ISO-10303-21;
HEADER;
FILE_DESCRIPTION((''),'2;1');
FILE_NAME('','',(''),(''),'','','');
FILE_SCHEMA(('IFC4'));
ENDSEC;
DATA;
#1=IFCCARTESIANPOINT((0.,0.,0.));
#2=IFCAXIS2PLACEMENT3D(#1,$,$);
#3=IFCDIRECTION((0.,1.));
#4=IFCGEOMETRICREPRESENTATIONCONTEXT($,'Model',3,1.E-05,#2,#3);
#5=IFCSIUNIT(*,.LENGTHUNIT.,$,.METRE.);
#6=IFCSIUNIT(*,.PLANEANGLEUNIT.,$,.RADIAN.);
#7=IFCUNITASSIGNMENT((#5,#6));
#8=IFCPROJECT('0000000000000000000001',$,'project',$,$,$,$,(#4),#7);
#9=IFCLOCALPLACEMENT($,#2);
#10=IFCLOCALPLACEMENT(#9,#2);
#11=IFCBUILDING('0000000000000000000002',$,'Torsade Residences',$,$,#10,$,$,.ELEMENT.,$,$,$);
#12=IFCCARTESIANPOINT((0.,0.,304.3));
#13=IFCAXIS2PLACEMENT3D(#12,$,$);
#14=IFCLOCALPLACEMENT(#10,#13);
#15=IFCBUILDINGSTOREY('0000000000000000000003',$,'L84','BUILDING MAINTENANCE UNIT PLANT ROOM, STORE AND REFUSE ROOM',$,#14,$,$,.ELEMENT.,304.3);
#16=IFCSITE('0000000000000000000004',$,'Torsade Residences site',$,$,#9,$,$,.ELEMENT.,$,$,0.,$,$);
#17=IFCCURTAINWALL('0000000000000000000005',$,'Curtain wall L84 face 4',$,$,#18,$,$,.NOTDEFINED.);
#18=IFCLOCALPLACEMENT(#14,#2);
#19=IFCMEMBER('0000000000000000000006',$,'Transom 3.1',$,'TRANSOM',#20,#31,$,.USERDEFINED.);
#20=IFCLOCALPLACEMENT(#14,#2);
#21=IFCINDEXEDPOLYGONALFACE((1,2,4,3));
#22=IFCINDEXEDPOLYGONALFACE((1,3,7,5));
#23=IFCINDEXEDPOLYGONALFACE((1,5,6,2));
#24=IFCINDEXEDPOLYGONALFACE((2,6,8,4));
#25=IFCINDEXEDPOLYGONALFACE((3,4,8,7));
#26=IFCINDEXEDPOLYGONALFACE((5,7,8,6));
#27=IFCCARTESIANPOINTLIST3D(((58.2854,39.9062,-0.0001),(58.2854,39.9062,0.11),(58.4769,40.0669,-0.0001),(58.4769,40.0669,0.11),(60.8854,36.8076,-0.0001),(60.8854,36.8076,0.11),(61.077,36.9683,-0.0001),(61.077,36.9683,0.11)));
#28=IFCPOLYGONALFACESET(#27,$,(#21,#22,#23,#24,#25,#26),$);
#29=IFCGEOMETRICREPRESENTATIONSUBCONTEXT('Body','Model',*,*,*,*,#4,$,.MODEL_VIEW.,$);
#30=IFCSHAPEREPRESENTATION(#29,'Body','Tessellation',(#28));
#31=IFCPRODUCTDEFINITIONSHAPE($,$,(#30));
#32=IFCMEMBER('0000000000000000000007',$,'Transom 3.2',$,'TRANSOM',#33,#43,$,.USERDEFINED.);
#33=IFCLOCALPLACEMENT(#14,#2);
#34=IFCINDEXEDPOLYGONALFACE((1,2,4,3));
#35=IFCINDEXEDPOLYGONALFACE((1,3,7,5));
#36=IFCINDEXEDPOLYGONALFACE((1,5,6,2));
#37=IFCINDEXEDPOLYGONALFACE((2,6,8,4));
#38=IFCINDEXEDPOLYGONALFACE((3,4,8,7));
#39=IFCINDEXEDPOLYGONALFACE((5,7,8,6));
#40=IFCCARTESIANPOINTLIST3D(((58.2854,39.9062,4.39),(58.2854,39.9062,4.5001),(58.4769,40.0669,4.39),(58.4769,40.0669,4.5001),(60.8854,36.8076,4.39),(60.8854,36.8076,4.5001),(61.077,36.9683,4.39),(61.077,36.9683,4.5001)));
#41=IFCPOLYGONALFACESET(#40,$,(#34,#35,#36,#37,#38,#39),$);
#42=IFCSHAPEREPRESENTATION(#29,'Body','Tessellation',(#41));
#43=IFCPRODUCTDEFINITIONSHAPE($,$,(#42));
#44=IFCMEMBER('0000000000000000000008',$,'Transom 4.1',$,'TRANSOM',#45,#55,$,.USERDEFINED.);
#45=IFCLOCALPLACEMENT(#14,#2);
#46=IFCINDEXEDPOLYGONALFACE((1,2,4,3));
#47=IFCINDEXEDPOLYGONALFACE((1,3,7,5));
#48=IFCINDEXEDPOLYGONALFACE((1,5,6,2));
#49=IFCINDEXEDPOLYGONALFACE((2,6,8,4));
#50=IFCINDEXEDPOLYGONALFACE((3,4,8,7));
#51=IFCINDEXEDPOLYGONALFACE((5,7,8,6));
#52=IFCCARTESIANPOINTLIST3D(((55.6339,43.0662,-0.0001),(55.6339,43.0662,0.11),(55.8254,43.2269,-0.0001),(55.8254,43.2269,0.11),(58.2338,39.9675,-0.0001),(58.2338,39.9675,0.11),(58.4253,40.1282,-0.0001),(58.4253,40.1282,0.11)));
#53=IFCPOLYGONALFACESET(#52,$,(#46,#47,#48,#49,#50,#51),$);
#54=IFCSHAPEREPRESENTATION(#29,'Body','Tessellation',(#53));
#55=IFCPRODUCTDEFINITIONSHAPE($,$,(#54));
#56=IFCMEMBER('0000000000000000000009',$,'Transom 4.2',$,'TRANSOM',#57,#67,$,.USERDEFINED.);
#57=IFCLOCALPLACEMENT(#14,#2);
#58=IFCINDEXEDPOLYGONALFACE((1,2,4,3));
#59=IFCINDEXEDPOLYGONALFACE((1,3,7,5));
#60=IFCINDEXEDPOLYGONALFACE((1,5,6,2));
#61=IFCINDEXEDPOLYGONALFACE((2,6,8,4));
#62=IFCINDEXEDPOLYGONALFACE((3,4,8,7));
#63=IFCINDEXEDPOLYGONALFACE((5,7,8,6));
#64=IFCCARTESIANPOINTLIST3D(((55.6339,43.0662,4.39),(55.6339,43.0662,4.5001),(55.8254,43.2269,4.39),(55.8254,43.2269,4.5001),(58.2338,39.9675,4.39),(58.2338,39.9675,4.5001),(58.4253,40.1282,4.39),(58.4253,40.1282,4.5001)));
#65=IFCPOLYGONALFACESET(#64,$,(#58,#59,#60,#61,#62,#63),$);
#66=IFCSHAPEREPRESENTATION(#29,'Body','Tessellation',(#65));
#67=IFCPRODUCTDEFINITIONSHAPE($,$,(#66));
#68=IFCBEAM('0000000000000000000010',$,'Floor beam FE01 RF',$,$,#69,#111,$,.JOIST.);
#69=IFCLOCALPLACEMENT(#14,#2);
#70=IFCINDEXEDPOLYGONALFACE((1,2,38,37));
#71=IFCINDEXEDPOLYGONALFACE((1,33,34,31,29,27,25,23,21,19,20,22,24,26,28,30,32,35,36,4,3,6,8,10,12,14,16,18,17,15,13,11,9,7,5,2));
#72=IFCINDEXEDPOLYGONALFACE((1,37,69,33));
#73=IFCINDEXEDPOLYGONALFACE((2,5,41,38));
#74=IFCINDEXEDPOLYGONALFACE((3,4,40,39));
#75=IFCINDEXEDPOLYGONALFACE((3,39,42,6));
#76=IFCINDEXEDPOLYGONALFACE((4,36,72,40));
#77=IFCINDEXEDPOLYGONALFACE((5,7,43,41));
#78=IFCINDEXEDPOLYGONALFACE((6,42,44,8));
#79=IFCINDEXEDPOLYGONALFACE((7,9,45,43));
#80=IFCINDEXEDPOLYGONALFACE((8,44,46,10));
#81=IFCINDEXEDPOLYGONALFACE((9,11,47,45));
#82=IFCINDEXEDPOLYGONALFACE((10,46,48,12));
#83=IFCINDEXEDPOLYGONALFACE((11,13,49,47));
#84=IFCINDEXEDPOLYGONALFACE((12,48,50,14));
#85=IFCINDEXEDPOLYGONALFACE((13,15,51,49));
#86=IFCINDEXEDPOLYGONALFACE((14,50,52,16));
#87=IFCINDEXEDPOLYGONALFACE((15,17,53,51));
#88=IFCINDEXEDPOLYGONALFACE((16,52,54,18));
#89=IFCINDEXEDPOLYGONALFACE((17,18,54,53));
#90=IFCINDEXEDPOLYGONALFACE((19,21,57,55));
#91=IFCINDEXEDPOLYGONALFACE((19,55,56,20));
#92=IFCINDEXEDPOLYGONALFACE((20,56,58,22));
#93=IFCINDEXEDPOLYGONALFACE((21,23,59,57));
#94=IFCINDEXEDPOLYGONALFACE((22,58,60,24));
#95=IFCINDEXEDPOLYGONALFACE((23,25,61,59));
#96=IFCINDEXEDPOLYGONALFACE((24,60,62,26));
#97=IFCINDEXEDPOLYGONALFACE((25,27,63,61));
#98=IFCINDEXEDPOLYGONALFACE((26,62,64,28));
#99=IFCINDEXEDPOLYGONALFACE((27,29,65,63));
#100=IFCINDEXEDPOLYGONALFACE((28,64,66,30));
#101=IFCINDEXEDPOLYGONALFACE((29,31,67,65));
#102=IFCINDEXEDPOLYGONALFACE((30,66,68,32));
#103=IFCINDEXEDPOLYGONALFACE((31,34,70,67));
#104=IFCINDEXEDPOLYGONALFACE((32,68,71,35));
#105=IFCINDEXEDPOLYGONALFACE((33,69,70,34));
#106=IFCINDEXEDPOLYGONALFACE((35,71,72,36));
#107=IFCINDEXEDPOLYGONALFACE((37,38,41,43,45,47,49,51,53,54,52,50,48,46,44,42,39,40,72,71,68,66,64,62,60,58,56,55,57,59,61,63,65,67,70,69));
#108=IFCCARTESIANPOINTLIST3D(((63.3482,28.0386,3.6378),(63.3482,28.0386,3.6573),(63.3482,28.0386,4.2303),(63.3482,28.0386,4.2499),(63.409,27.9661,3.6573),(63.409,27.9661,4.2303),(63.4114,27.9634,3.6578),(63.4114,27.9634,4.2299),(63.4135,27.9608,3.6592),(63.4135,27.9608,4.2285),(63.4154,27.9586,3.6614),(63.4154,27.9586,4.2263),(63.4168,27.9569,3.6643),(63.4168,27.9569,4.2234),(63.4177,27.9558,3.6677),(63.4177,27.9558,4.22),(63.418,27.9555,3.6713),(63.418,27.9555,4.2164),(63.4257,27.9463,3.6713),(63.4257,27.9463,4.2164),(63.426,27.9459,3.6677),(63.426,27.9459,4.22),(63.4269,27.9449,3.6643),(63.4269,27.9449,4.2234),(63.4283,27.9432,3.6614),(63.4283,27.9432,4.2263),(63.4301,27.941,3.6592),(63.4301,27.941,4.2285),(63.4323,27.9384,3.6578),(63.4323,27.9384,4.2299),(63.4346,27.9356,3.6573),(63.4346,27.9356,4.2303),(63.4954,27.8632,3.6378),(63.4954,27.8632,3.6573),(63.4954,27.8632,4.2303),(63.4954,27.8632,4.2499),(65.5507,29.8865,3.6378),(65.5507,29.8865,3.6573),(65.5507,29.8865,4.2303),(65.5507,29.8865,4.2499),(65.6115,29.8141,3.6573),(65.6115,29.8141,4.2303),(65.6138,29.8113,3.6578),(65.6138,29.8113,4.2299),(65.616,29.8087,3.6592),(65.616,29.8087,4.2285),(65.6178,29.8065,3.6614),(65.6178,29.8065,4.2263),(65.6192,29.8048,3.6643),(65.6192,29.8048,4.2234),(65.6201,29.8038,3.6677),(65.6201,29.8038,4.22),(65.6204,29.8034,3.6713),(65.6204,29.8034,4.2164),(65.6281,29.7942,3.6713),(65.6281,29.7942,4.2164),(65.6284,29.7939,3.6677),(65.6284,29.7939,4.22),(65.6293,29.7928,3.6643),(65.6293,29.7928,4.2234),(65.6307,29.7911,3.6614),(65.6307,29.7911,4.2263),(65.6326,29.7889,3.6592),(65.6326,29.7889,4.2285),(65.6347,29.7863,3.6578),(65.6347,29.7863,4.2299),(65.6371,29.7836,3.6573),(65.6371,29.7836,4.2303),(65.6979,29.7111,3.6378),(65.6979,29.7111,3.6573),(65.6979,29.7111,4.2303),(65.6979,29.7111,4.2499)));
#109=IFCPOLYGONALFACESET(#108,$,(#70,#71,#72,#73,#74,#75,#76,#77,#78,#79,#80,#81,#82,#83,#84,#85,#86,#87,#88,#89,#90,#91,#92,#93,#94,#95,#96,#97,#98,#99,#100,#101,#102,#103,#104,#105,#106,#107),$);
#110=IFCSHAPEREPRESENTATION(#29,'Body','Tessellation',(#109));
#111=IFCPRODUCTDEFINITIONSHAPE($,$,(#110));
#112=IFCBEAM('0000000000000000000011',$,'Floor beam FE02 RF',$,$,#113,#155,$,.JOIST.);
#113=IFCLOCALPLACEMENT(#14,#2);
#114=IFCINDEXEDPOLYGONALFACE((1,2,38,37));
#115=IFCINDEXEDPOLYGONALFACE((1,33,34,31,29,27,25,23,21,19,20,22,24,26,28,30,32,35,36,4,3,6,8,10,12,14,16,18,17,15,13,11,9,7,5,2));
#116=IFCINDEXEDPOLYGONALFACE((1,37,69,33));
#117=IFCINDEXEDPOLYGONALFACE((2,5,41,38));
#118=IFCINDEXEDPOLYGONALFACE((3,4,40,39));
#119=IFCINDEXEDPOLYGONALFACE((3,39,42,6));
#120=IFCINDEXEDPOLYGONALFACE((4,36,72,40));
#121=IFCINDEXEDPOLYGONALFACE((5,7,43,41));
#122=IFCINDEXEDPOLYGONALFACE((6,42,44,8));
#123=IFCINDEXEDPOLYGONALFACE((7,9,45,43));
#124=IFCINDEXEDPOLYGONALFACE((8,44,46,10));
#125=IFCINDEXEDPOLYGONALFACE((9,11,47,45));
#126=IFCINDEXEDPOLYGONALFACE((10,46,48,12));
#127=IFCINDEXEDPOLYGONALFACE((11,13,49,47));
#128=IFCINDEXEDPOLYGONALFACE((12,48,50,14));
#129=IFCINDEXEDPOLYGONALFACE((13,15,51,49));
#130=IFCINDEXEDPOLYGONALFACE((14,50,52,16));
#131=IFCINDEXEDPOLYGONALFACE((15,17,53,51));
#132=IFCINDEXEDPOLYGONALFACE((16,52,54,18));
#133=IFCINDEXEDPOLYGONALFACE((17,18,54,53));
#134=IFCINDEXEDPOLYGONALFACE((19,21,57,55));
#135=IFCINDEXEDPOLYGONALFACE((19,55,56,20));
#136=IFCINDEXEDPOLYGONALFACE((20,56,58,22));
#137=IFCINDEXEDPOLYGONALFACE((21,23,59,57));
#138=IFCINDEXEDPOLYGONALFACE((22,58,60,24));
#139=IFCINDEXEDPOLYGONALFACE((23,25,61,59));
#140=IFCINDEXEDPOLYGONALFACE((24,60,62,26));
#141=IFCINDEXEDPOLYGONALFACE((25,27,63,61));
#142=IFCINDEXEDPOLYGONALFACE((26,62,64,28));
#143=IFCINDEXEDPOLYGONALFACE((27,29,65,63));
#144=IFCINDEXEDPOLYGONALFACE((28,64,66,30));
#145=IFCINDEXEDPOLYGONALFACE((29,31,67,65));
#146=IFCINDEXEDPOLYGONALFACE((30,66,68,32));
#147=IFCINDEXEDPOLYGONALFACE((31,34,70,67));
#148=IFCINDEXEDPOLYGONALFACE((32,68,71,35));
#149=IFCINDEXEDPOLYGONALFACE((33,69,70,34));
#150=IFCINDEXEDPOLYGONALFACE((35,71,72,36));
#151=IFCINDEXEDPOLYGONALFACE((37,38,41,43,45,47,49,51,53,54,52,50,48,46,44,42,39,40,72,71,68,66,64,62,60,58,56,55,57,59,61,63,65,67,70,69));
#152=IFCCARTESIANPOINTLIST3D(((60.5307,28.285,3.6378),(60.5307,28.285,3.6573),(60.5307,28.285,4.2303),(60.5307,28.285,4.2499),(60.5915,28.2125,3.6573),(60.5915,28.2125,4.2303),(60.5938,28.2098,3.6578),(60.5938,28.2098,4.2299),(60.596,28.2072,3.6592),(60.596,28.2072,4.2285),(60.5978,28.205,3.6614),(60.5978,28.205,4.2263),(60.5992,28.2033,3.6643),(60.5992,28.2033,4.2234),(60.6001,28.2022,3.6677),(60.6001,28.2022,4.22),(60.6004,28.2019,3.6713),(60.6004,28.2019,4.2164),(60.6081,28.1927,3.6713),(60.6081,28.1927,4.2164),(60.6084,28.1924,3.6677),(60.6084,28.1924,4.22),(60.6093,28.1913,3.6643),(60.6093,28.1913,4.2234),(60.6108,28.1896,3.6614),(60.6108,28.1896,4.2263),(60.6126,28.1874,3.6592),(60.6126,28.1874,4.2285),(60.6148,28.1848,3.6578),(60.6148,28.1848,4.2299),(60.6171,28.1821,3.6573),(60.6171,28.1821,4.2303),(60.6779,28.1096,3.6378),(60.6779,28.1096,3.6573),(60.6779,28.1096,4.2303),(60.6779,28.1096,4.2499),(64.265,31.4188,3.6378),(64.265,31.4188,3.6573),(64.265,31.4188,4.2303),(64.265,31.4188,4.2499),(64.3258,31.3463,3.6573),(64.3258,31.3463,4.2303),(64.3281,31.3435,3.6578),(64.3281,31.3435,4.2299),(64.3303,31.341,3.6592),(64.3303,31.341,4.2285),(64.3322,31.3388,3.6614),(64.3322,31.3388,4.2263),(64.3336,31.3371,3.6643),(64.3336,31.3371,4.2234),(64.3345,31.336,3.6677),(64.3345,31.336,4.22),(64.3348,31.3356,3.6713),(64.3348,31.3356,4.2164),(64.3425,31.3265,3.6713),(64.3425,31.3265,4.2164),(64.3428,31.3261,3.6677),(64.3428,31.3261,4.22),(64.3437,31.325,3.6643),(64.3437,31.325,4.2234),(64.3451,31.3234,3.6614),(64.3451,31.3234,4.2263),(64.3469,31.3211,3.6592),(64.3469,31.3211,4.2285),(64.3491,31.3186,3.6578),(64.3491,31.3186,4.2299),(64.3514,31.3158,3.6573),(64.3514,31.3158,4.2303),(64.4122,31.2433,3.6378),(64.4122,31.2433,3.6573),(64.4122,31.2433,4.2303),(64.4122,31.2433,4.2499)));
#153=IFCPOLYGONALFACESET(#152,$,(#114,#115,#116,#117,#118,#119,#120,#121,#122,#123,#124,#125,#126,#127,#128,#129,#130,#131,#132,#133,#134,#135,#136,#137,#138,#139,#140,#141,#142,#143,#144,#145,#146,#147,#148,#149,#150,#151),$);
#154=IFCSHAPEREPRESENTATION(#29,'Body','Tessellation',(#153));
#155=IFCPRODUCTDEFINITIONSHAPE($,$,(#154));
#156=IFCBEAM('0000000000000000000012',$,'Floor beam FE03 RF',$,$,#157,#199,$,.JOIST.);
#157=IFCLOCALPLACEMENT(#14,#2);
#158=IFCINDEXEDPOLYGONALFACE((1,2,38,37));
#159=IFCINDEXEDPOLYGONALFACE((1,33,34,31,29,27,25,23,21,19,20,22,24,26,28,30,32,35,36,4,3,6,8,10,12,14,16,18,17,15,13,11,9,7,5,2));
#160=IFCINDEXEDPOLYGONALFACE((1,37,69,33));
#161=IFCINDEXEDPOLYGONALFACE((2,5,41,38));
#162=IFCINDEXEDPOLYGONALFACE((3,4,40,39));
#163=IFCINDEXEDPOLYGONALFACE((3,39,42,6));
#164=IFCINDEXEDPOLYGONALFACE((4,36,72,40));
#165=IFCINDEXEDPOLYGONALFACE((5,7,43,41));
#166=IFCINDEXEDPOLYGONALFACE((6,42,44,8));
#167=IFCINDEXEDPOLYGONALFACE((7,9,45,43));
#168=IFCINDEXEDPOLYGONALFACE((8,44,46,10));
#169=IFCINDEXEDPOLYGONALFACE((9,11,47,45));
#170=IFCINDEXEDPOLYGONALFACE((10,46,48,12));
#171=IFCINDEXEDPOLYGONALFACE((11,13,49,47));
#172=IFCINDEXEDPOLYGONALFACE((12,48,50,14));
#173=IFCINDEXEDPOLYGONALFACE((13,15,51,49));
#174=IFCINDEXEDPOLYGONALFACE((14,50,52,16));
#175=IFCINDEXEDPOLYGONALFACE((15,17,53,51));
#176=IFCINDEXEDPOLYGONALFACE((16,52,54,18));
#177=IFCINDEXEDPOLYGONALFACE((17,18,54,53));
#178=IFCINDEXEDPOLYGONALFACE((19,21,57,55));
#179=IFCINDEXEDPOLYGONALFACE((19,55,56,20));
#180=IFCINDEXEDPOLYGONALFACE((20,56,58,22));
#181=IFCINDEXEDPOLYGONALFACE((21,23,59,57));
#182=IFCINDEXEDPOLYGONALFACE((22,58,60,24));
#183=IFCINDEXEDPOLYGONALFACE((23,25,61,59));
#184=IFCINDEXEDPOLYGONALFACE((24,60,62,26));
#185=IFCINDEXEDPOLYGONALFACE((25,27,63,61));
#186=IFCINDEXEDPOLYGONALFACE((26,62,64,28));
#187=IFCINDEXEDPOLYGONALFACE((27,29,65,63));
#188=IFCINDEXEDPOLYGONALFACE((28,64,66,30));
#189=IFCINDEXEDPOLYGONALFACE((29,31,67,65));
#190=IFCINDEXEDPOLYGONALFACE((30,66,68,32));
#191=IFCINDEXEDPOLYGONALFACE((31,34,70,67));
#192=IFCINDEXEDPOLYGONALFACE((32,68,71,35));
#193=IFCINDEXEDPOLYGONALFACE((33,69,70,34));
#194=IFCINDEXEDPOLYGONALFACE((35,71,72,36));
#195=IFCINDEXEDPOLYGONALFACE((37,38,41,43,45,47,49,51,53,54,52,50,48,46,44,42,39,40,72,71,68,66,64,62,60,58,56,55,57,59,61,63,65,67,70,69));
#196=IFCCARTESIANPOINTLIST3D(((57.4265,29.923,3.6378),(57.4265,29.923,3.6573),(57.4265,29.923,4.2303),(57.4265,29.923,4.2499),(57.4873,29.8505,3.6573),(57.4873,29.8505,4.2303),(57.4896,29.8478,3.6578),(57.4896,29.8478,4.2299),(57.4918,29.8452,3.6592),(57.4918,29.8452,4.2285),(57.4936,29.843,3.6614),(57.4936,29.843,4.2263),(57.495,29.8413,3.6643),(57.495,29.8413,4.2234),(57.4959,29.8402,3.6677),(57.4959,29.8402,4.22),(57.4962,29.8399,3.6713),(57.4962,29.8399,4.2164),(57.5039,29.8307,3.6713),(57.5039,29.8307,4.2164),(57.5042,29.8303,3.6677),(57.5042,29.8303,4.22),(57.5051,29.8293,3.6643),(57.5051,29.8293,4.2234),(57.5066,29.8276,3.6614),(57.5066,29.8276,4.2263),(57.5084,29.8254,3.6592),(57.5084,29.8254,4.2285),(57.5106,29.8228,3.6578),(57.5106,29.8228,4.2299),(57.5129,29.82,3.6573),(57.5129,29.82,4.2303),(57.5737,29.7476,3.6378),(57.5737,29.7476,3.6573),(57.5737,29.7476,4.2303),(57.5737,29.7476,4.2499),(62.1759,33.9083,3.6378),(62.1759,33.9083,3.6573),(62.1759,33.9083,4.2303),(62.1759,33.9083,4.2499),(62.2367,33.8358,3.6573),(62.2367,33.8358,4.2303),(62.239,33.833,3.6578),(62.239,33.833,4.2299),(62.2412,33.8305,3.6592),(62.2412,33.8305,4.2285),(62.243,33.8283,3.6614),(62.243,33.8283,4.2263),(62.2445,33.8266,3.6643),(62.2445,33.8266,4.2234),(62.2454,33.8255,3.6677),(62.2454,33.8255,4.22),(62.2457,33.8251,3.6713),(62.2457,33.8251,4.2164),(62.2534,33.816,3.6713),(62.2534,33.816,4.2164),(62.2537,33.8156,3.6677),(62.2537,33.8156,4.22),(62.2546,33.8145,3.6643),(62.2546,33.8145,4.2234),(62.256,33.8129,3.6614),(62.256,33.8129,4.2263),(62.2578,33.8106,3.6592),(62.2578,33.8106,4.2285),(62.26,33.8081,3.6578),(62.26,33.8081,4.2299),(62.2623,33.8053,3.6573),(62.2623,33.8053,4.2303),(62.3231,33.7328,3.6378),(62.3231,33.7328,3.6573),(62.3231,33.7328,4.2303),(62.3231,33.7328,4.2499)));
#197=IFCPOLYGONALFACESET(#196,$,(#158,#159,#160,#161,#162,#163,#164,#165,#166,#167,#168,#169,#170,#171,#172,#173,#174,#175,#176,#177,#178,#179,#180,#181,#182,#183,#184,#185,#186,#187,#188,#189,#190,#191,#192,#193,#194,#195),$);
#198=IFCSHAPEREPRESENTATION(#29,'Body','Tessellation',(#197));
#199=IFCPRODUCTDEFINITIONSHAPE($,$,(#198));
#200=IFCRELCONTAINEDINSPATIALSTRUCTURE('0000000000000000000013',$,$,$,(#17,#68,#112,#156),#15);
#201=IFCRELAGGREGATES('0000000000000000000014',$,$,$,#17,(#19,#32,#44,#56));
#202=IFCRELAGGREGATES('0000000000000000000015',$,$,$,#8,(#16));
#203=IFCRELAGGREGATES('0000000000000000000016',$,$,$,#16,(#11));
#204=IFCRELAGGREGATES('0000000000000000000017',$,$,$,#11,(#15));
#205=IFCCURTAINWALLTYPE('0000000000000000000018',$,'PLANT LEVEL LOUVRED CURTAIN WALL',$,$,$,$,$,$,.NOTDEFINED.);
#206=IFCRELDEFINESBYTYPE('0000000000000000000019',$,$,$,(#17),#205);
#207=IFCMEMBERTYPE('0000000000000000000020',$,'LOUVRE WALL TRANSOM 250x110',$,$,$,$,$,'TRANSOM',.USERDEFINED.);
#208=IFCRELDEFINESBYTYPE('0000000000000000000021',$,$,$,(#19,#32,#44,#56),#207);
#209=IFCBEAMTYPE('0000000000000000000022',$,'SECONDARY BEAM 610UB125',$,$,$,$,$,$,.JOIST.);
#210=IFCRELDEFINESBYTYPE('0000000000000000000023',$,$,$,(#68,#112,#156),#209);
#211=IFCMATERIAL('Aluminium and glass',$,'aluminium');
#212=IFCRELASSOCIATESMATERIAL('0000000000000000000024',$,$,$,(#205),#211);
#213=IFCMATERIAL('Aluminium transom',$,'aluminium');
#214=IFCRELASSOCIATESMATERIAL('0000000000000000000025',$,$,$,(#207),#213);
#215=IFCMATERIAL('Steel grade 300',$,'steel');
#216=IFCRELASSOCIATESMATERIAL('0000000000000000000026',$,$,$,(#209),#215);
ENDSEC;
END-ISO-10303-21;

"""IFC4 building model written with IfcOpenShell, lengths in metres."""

from ifc_helpers import new_model, si_unit, direction, frame, origin, origin_2d, place, context, subcontext, project, spatial, rectangle, i_section, extrude, material, material_profile, profile_set, type_object, element, aggregate, save


model = new_model("IFC4")

# Units and contexts
model_context = context("Model", 3, precision=1e-05, world=origin(), true_north=direction((0.0, 1.0)))
body_context = subcontext(model_context, "Body", "Model", "MODEL_VIEW")
ifc_project = project(units=[si_unit("LENGTHUNIT", "METRE"), si_unit("PLANEANGLEUNIT", "RADIAN")], contexts=[model_context])

# Site, building, storey
site_placement = place(None, origin())
site = spatial("IfcSite", under=ifc_project, at=site_placement, Name="Torsade Residences site", CompositionType="ELEMENT", RefElevation=0.0)
building_placement = place(site_placement, origin())
building = spatial("IfcBuilding", under=site, at=building_placement, Name="Torsade Residences", CompositionType="ELEMENT")
storey_placement = place(building_placement, frame((0.0, 0.0, 304.3)))
storey = spatial("IfcBuildingStorey", under=building, at=storey_placement, Name="L84", Description="BUILDING MAINTENANCE UNIT PLANT ROOM, STORE AND REFUSE ROOM", CompositionType="ELEMENT", Elevation=304.3)

# Shared definitions
ifc_material_1 = material(Name="Aluminium and glass", Category="aluminium")
curtain_wall_type = type_object("IfcCurtainWallType", Name="PLANT LEVEL LOUVRED CURTAIN WALL", PredefinedType="NOTDEFINED", material=ifc_material_1)

# Curtain wall, members
curtain_wall_1_placement = place(storey_placement, origin())
curtain_wall_1 = element("IfcCurtainWall", 1, at=curtain_wall_1_placement, inside=storey, type_object=curtain_wall_type, Name="Curtain wall L84 face 4", PredefinedType="NOTDEFINED")
ifc_material_2 = material(Name="Aluminium transom", Category="aluminium")
ifc_material_profile_1 = material_profile(ifc_material_2, rectangle(XDim=0.25, YDim=0.1101, at=origin_2d()), Name="LOUVRE WALL TRANSOM 250x110")
ifc_profile_set_1 = profile_set([ifc_material_profile_1], Name="Aluminium transom")
member_type_1 = type_object("IfcMemberType", Name="LOUVRE WALL TRANSOM 250x110", ElementType="TRANSOM", PredefinedType="USERDEFINED", material=ifc_profile_set_1)
member_1_placement = place(storey_placement, frame((60.9812, 36.8879, 0.0549), z_axis=(-0.642793, 0.76604, 0.0), x_axis=(-0.76604, -0.642793, 0.0)))
member_1 = element("IfcMember", 2, at=member_1_placement, type_object=member_type_1, Name="Transom 3.1", ObjectType="TRANSOM", PredefinedType="USERDEFINED", context=body_context, shape_type="SweptSolid", body=[
    extrude(rectangle(XDim=0.25, YDim=0.1101, at=origin_2d()), origin(), (0.0, 0.0, 1.0), 4.0449),
])
member_2_placement = place(storey_placement, frame((60.9812, 36.8879, 4.4451), z_axis=(-0.642793, 0.76604, 0.0), x_axis=(-0.76604, -0.642793, 0.0)))
member_2 = element("IfcMember", 3, at=member_2_placement, type_object=member_type_1, Name="Transom 3.2", ObjectType="TRANSOM", PredefinedType="USERDEFINED", context=body_context, shape_type="SweptSolid", body=[
    extrude(rectangle(XDim=0.25, YDim=0.1101, at=origin_2d()), origin(), (0.0, 0.0, 1.0), 4.0449),
])
member_3_placement = place(storey_placement, frame((58.3296, 40.0479, 0.0549), z_axis=(-0.642757, 0.76607, 0.0), x_axis=(-0.76607, -0.642757, 0.0)))
member_3 = element("IfcMember", 4, at=member_3_placement, type_object=member_type_1, Name="Transom 4.1", ObjectType="TRANSOM", PredefinedType="USERDEFINED", context=body_context, shape_type="SweptSolid", body=[
    extrude(rectangle(XDim=0.25, YDim=0.1101, at=origin_2d()), origin(), (0.0, 0.0, 1.0), 4.0449),
])
member_4_placement = place(storey_placement, frame((58.3296, 40.0479, 4.4451), z_axis=(-0.642757, 0.76607, 0.0), x_axis=(-0.76607, -0.642757, 0.0)))
member_4 = element("IfcMember", 5, at=member_4_placement, type_object=member_type_1, Name="Transom 4.2", ObjectType="TRANSOM", PredefinedType="USERDEFINED", context=body_context, shape_type="SweptSolid", body=[
    extrude(rectangle(XDim=0.25, YDim=0.1101, at=origin_2d()), origin(), (0.0, 0.0, 1.0), 4.0449),
])

# Beams
ifc_material_3 = material(Name="Steel grade 300", Category="steel")
ifc_material_profile_2 = material_profile(ifc_material_3, i_section(OverallWidth=0.229, OverallDepth=0.6121, WebThickness=0.012, FlangeThickness=0.0195, FilletRadius=0.0139, at=origin_2d()), Name="610UB125")
ifc_profile_set_2 = profile_set([ifc_material_profile_2], Name="Steel grade 300")
beam_type_1 = type_object("IfcBeamType", Name="SECONDARY BEAM 610UB125", PredefinedType="JOIST", material=ifc_profile_set_2)
beam_1_placement = place(storey_placement, frame((65.6243, 29.7988, 3.9438), z_axis=(-0.766066, -0.642762, 0.0), x_axis=(0.642762, -0.766066, 0.0)))
element("IfcBeam", 6, at=beam_1_placement, inside=storey, type_object=beam_type_1, Name="Floor beam FE01 RF", PredefinedType="JOIST", context=body_context, shape_type="SweptSolid", body=[
    extrude(i_section(OverallWidth=0.229, OverallDepth=0.6121, WebThickness=0.012, FlangeThickness=0.0195, FilletRadius=0.0139, at=origin_2d()), origin(), (0.0, 0.0, 1.0), 2.875),
])
beam_2_placement = place(storey_placement, frame((64.3386, 31.3311, 3.9438), z_axis=(-0.766017, -0.642821, 0.0), x_axis=(0.642821, -0.766017, 0.0)))
element("IfcBeam", 7, at=beam_2_placement, inside=storey, type_object=beam_type_1, Name="Floor beam FE02 RF", PredefinedType="JOIST", context=body_context, shape_type="SweptSolid", body=[
    extrude(i_section(OverallWidth=0.229, OverallDepth=0.6121, WebThickness=0.012, FlangeThickness=0.0195, FilletRadius=0.0139, at=origin_2d()), origin(), (0.0, 0.0, 1.0), 4.875),
])
beam_3_placement = place(storey_placement, frame((62.2495, 33.8206, 3.9438), z_axis=(-0.766041, -0.642791, 0.0), x_axis=(0.642791, -0.766041, 0.0)))
element("IfcBeam", 8, at=beam_3_placement, inside=storey, type_object=beam_type_1, Name="Floor beam FE03 RF", PredefinedType="JOIST", context=body_context, shape_type="SweptSolid", body=[
    extrude(i_section(OverallWidth=0.229, OverallDepth=0.6121, WebThickness=0.012, FlangeThickness=0.0195, FilletRadius=0.0139, at=origin_2d()), origin(), (0.0, 0.0, 1.0), 6.2),
])

aggregate(curtain_wall_1, [member_1, member_2, member_3, member_4])

save(model, "model.ifc")
